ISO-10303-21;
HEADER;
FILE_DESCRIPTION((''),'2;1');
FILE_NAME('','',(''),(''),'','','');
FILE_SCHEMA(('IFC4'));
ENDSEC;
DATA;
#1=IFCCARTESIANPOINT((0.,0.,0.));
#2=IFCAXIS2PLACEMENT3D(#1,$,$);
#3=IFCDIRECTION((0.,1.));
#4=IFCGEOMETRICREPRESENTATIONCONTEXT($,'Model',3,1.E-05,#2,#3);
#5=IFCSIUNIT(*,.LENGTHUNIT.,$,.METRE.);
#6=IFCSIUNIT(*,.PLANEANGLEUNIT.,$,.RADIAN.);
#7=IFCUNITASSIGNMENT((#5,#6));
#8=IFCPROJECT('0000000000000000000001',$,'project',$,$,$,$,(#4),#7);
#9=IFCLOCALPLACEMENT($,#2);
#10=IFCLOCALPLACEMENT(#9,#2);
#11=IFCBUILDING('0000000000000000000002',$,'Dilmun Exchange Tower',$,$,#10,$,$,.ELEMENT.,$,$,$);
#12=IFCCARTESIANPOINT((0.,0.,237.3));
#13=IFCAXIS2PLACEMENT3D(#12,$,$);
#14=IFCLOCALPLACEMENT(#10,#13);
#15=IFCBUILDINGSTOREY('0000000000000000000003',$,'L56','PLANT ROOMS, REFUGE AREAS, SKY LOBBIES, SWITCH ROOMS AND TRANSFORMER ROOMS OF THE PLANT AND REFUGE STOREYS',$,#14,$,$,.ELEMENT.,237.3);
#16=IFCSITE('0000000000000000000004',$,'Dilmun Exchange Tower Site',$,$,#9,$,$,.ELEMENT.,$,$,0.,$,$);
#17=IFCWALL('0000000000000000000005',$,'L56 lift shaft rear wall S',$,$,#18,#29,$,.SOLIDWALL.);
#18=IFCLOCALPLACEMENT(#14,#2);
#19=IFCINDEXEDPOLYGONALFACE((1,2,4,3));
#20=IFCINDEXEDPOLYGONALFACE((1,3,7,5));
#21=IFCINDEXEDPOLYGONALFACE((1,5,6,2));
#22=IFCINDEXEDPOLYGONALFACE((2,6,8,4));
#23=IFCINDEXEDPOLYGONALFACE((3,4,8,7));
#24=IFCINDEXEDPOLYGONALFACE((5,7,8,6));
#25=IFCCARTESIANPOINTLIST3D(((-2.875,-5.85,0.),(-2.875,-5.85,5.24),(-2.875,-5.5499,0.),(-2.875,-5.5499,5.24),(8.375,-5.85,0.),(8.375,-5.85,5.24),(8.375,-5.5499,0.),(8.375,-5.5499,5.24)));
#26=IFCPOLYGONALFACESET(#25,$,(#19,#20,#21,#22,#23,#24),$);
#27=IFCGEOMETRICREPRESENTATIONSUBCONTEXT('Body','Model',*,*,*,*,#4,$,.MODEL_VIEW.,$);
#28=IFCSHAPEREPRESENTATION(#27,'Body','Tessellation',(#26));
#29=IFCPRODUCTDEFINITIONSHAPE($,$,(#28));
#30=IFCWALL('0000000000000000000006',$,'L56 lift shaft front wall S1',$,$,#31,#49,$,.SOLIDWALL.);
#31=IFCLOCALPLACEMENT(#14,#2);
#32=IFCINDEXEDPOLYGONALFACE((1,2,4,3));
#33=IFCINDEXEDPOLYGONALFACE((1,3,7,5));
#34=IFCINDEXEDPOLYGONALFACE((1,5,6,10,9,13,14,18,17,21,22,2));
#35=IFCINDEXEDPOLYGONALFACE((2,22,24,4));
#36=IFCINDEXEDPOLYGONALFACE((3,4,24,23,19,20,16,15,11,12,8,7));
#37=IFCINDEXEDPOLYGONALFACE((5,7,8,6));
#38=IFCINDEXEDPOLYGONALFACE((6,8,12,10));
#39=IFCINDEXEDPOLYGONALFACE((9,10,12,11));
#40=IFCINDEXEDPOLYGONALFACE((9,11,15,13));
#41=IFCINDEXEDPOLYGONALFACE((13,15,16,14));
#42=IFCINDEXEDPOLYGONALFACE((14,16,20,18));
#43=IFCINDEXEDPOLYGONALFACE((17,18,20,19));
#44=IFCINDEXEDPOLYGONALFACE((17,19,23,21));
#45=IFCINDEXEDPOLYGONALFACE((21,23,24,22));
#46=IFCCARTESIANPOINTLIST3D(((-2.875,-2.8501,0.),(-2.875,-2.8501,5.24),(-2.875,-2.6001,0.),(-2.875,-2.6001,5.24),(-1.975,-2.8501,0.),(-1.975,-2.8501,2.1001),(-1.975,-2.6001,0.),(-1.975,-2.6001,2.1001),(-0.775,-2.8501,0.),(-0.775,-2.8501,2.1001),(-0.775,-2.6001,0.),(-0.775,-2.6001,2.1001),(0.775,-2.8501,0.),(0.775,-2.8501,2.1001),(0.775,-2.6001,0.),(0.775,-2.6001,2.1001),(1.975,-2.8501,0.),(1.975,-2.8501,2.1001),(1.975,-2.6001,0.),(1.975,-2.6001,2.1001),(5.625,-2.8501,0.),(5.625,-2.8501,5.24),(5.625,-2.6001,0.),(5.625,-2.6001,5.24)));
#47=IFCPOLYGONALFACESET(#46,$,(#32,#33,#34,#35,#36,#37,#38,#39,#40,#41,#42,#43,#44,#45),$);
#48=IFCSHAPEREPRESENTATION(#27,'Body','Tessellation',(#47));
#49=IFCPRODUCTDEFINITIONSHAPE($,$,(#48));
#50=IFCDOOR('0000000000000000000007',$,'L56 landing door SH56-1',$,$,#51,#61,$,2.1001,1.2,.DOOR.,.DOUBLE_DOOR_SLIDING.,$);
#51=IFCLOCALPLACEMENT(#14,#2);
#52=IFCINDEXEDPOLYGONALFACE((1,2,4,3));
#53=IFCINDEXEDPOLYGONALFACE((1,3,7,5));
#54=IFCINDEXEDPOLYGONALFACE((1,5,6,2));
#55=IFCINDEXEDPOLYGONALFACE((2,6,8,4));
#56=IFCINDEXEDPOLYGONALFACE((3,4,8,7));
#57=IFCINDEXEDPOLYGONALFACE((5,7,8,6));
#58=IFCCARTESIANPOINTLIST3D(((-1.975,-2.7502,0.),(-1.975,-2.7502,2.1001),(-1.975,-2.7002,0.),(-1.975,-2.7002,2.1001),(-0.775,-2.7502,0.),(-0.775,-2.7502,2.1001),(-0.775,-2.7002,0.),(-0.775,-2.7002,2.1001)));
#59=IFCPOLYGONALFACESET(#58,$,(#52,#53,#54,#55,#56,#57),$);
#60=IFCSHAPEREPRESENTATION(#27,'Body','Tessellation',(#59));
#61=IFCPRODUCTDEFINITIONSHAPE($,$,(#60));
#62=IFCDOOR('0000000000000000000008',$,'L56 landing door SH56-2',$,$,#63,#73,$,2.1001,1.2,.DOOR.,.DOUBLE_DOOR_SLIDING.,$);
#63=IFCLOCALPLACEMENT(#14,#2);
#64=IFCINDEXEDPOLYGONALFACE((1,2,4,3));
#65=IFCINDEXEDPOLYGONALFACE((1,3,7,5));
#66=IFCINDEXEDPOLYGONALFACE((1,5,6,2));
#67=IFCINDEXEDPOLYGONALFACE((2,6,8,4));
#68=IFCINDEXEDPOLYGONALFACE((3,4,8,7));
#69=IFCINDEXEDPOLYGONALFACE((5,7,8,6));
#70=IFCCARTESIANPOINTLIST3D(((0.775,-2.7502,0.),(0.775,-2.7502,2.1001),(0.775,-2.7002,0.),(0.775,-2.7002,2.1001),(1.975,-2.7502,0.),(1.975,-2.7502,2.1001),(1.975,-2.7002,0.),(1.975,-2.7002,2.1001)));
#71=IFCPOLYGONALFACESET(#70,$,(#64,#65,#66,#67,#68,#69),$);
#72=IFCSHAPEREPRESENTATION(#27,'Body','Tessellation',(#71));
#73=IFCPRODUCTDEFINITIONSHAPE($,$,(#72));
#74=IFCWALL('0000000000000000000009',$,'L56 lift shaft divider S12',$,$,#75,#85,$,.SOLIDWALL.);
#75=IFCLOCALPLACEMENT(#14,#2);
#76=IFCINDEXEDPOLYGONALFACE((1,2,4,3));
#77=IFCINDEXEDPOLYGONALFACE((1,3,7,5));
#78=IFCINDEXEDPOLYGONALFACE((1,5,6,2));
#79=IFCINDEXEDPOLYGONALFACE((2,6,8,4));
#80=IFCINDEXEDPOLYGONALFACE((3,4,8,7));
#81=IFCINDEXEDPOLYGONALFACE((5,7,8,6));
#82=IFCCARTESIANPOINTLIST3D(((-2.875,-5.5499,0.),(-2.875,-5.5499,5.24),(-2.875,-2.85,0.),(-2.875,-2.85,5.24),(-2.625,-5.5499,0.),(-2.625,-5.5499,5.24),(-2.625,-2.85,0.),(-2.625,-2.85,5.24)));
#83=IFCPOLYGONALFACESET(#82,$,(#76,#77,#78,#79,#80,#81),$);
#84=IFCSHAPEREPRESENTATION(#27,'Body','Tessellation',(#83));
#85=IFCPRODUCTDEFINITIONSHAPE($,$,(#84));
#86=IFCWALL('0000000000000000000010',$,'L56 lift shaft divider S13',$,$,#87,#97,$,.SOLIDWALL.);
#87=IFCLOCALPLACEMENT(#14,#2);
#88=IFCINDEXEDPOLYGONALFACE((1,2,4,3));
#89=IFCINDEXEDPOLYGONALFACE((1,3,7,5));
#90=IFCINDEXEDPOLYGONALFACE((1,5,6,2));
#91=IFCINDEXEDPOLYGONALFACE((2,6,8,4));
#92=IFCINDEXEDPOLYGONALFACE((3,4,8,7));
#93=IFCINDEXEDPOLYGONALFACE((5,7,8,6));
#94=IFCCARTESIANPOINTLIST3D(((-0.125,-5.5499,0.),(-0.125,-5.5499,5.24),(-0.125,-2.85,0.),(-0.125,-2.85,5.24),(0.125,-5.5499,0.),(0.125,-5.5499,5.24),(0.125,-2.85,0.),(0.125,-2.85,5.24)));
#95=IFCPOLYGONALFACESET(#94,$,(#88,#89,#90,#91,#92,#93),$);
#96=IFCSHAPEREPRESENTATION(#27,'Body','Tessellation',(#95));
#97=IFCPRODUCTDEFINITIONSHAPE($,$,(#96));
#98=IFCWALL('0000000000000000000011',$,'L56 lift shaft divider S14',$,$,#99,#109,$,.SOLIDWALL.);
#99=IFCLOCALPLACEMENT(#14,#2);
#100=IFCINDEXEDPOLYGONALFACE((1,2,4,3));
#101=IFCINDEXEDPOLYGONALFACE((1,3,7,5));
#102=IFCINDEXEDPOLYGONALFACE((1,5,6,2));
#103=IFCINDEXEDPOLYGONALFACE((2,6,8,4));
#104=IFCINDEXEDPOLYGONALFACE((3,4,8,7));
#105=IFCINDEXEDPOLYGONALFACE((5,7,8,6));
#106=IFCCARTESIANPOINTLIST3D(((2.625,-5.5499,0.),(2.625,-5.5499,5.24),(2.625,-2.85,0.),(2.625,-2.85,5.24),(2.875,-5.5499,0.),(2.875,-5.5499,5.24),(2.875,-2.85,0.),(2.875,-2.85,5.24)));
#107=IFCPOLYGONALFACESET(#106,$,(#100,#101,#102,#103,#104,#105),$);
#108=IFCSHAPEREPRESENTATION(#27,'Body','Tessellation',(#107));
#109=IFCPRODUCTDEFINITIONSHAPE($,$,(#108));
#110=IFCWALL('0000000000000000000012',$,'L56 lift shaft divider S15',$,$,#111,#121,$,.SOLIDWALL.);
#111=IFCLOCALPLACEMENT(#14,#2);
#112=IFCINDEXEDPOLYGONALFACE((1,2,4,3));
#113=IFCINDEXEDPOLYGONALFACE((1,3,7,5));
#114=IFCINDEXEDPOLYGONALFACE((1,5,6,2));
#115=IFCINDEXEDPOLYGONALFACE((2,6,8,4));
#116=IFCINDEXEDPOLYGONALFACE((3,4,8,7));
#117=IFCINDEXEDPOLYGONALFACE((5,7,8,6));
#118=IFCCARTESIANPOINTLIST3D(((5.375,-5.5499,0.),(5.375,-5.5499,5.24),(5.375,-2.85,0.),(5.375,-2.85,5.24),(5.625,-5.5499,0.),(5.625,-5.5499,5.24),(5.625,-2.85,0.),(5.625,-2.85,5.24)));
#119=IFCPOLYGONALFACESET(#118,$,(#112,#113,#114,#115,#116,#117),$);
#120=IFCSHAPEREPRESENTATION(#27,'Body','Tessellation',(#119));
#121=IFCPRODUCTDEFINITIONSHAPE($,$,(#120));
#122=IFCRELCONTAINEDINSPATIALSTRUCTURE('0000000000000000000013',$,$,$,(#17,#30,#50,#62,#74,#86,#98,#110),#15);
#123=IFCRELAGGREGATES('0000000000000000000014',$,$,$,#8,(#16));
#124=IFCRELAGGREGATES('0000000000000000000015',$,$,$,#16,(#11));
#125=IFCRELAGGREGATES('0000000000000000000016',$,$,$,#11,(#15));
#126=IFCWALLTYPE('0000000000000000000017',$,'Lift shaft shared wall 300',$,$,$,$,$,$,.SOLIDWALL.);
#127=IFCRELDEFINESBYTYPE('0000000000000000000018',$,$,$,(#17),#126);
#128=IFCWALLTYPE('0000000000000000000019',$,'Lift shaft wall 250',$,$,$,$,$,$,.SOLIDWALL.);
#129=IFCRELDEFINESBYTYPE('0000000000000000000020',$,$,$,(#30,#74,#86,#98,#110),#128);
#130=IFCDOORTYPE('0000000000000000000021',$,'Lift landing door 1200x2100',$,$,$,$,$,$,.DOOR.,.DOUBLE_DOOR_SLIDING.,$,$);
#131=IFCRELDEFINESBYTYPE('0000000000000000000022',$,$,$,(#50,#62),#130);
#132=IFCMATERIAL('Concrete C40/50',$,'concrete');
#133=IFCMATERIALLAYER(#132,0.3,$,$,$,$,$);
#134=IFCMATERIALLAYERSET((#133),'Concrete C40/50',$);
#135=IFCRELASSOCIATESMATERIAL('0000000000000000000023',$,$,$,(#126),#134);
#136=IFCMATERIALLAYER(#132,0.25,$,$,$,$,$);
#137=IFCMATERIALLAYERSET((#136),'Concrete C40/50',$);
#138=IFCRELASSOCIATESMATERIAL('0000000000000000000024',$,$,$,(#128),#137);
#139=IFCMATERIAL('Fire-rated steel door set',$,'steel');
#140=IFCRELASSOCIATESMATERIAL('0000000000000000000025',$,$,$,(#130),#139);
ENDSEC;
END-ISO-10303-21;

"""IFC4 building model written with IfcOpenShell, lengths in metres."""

from ifc_helpers import new_model, si_unit, direction, frame, frame_2d, origin, place, context, subcontext, project, spatial, rectangle, extrude, material, layer, layer_set, type_object, element, fill, save


model = new_model("IFC4")

# Units and contexts
model_context = context("Model", 3, precision=1e-05, world=origin(), true_north=direction((0.0, 1.0)))
body_context = subcontext(model_context, "Body", "Model", "MODEL_VIEW")
ifc_project = project(units=[si_unit("LENGTHUNIT", "METRE"), si_unit("PLANEANGLEUNIT", "RADIAN")], contexts=[model_context])

# Site, building, storey
site_placement = place(None, origin())
site = spatial("IfcSite", under=ifc_project, at=site_placement, Name="Dilmun Exchange Tower Site", CompositionType="ELEMENT", RefElevation=0.0)
building_placement = place(site_placement, origin())
building = spatial("IfcBuilding", under=site, at=building_placement, Name="Dilmun Exchange Tower", CompositionType="ELEMENT")
storey_placement = place(building_placement, frame((0.0, 0.0, 237.3)))
storey = spatial("IfcBuildingStorey", under=building, at=storey_placement, Name="L56", Description="PLANT ROOMS, REFUGE AREAS, SKY LOBBIES, SWITCH ROOMS AND TRANSFORMER ROOMS OF THE PLANT AND REFUGE STOREYS", CompositionType="ELEMENT", Elevation=237.3)

# Shared definitions
ifc_material_1 = material(Name="Concrete C40/50", Category="concrete")

# Shared definitions
ifc_material_2 = material(Name="Fire-rated steel door set", Category="steel")

# Wall
ifc_layer_1 = layer(ifc_material_1, 0.3)
ifc_layer_set_1 = layer_set([ifc_layer_1], Name="Concrete C40/50")
wall_type_1 = type_object("IfcWallType", Name="Lift shaft shared wall 300", PredefinedType="SOLIDWALL", material=ifc_layer_set_1)
wall_1_placement = place(storey_placement, frame((-2.875, -5.7, 0.0), z_axis=(0.0, 0.0, 1.0), x_axis=(1.0, 0.0, 0.0)))
element("IfcWall", 1, at=wall_1_placement, inside=storey, type_object=wall_type_1, Name="L56 lift shaft rear wall S", PredefinedType="SOLIDWALL", context=body_context, shape_type="SweptSolid", body=[
    extrude(rectangle(XDim=11.25, YDim=0.3, at=frame_2d((5.625, 0.0))), origin(), (0.0, 0.0, 1.0), 5.24),
])

# Wall, openings, doors
ifc_layer_2 = layer(ifc_material_1, 0.25)
ifc_layer_set_2 = layer_set([ifc_layer_2], Name="Concrete C40/50")
wall_type_2 = type_object("IfcWallType", Name="Lift shaft wall 250", PredefinedType="SOLIDWALL", material=ifc_layer_set_2)
wall_2_placement = place(storey_placement, frame((-2.875, -2.7251, 0.0), z_axis=(0.0, 0.0, 1.0), x_axis=(1.0, 0.0, 0.0)))
wall_2 = element("IfcWall", 2, at=wall_2_placement, inside=storey, type_object=wall_type_2, Name="L56 lift shaft front wall S1", PredefinedType="SOLIDWALL", context=body_context, shape_type="SweptSolid", body=[
    extrude(rectangle(XDim=8.5, YDim=0.25, at=frame_2d((4.25, 0.0))), origin(), (0.0, 0.0, 1.0), 5.24),
])
opening_1_placement = place(wall_2_placement, frame((0.8999, 0.0, 0.0)))
opening_1 = element("IfcOpeningElement", 3, at=opening_1_placement, cuts=wall_2, PredefinedType="OPENING", context=body_context, shape_type="SweptSolid", body=[
    extrude(rectangle(XDim=1.2, YDim=2.1001, at=frame_2d((0.6001, 1.05))), frame((0.0, 0.135, 0.0), z_axis=(0.0, -1.0, 0.0), x_axis=(1.0, 0.0, 0.0)), (0.0, 0.0, 1.0), 0.27),
])
opening_2_placement = place(wall_2_placement, frame((3.6499, 0.0, 0.0)))
opening_2 = element("IfcOpeningElement", 4, at=opening_2_placement, cuts=wall_2, PredefinedType="OPENING", context=body_context, shape_type="SweptSolid", body=[
    extrude(rectangle(XDim=1.2, YDim=2.1001, at=frame_2d((0.6001, 1.05))), frame((0.0, 0.135, 0.0), z_axis=(0.0, -1.0, 0.0), x_axis=(1.0, 0.0, 0.0)), (0.0, 0.0, 1.0), 0.27),
])
door_type_1 = type_object("IfcDoorType", Name="Lift landing door 1200x2100", OperationType="DOUBLE_DOOR_SLIDING", PredefinedType="DOOR", material=ifc_material_2)
door_1_placement = place(opening_1_placement, origin())
door_1 = element("IfcDoor", 5, at=door_1_placement, inside=storey, type_object=door_type_1, Name="L56 landing door SH56-1", OperationType="DOUBLE_DOOR_SLIDING", OverallHeight=2.1001, OverallWidth=1.2, PredefinedType="DOOR", context=body_context, shape_type="SweptSolid", body=[
    extrude(rectangle(XDim=1.2, YDim=2.1001, at=frame_2d((0.6001, 1.05))), frame((0.0, 0.0249, 0.0), z_axis=(0.0, -1.0, 0.0), x_axis=(1.0, 0.0, 0.0)), (0.0, 0.0, 1.0), 0.05),
])
fill(opening_1, door_1)
door_2_placement = place(opening_2_placement, origin())
door_2 = element("IfcDoor", 6, at=door_2_placement, inside=storey, type_object=door_type_1, Name="L56 landing door SH56-2", OperationType="DOUBLE_DOOR_SLIDING", OverallHeight=2.1001, OverallWidth=1.2, PredefinedType="DOOR", context=body_context, shape_type="SweptSolid", body=[
    extrude(rectangle(XDim=1.2, YDim=2.1001, at=frame_2d((0.6001, 1.05))), frame((0.0, 0.0249, 0.0), z_axis=(0.0, -1.0, 0.0), x_axis=(1.0, 0.0, 0.0)), (0.0, 0.0, 1.0), 0.05),
])
fill(opening_2, door_2)

# Walls
for number, where, z_axis, x_axis, name in (
    (7, (-2.75, -5.55, 0.0), (0.0, 0.0, 1.0), (0.0, 1.0, 0.0), "L56 lift shaft divider S12"),
    (8, (0.0, -5.55, 0.0), (0.0, 0.0, 1.0), (0.0, 1.0, 0.0), "L56 lift shaft divider S13"),
    (9, (2.75, -5.55, 0.0), (0.0, 0.0, 1.0), (0.0, 1.0, 0.0), "L56 lift shaft divider S14"),
    (10, (5.5, -5.55, 0.0), (0.0, 0.0, 1.0), (0.0, 1.0, 0.0), "L56 lift shaft divider S15"),
):
    element("IfcWall", number, at=place(storey_placement, frame(where, z_axis=z_axis, x_axis=x_axis)), inside=storey, type_object=wall_type_2, Name=name, PredefinedType="SOLIDWALL", context=body_context, shape_type="SweptSolid", body=[
        extrude(rectangle(XDim=2.7, YDim=0.25, at=frame_2d((1.3501, 0.0))), origin(), (0.0, 0.0, 1.0), 5.24),
    ])

save(model, "model.ifc")
